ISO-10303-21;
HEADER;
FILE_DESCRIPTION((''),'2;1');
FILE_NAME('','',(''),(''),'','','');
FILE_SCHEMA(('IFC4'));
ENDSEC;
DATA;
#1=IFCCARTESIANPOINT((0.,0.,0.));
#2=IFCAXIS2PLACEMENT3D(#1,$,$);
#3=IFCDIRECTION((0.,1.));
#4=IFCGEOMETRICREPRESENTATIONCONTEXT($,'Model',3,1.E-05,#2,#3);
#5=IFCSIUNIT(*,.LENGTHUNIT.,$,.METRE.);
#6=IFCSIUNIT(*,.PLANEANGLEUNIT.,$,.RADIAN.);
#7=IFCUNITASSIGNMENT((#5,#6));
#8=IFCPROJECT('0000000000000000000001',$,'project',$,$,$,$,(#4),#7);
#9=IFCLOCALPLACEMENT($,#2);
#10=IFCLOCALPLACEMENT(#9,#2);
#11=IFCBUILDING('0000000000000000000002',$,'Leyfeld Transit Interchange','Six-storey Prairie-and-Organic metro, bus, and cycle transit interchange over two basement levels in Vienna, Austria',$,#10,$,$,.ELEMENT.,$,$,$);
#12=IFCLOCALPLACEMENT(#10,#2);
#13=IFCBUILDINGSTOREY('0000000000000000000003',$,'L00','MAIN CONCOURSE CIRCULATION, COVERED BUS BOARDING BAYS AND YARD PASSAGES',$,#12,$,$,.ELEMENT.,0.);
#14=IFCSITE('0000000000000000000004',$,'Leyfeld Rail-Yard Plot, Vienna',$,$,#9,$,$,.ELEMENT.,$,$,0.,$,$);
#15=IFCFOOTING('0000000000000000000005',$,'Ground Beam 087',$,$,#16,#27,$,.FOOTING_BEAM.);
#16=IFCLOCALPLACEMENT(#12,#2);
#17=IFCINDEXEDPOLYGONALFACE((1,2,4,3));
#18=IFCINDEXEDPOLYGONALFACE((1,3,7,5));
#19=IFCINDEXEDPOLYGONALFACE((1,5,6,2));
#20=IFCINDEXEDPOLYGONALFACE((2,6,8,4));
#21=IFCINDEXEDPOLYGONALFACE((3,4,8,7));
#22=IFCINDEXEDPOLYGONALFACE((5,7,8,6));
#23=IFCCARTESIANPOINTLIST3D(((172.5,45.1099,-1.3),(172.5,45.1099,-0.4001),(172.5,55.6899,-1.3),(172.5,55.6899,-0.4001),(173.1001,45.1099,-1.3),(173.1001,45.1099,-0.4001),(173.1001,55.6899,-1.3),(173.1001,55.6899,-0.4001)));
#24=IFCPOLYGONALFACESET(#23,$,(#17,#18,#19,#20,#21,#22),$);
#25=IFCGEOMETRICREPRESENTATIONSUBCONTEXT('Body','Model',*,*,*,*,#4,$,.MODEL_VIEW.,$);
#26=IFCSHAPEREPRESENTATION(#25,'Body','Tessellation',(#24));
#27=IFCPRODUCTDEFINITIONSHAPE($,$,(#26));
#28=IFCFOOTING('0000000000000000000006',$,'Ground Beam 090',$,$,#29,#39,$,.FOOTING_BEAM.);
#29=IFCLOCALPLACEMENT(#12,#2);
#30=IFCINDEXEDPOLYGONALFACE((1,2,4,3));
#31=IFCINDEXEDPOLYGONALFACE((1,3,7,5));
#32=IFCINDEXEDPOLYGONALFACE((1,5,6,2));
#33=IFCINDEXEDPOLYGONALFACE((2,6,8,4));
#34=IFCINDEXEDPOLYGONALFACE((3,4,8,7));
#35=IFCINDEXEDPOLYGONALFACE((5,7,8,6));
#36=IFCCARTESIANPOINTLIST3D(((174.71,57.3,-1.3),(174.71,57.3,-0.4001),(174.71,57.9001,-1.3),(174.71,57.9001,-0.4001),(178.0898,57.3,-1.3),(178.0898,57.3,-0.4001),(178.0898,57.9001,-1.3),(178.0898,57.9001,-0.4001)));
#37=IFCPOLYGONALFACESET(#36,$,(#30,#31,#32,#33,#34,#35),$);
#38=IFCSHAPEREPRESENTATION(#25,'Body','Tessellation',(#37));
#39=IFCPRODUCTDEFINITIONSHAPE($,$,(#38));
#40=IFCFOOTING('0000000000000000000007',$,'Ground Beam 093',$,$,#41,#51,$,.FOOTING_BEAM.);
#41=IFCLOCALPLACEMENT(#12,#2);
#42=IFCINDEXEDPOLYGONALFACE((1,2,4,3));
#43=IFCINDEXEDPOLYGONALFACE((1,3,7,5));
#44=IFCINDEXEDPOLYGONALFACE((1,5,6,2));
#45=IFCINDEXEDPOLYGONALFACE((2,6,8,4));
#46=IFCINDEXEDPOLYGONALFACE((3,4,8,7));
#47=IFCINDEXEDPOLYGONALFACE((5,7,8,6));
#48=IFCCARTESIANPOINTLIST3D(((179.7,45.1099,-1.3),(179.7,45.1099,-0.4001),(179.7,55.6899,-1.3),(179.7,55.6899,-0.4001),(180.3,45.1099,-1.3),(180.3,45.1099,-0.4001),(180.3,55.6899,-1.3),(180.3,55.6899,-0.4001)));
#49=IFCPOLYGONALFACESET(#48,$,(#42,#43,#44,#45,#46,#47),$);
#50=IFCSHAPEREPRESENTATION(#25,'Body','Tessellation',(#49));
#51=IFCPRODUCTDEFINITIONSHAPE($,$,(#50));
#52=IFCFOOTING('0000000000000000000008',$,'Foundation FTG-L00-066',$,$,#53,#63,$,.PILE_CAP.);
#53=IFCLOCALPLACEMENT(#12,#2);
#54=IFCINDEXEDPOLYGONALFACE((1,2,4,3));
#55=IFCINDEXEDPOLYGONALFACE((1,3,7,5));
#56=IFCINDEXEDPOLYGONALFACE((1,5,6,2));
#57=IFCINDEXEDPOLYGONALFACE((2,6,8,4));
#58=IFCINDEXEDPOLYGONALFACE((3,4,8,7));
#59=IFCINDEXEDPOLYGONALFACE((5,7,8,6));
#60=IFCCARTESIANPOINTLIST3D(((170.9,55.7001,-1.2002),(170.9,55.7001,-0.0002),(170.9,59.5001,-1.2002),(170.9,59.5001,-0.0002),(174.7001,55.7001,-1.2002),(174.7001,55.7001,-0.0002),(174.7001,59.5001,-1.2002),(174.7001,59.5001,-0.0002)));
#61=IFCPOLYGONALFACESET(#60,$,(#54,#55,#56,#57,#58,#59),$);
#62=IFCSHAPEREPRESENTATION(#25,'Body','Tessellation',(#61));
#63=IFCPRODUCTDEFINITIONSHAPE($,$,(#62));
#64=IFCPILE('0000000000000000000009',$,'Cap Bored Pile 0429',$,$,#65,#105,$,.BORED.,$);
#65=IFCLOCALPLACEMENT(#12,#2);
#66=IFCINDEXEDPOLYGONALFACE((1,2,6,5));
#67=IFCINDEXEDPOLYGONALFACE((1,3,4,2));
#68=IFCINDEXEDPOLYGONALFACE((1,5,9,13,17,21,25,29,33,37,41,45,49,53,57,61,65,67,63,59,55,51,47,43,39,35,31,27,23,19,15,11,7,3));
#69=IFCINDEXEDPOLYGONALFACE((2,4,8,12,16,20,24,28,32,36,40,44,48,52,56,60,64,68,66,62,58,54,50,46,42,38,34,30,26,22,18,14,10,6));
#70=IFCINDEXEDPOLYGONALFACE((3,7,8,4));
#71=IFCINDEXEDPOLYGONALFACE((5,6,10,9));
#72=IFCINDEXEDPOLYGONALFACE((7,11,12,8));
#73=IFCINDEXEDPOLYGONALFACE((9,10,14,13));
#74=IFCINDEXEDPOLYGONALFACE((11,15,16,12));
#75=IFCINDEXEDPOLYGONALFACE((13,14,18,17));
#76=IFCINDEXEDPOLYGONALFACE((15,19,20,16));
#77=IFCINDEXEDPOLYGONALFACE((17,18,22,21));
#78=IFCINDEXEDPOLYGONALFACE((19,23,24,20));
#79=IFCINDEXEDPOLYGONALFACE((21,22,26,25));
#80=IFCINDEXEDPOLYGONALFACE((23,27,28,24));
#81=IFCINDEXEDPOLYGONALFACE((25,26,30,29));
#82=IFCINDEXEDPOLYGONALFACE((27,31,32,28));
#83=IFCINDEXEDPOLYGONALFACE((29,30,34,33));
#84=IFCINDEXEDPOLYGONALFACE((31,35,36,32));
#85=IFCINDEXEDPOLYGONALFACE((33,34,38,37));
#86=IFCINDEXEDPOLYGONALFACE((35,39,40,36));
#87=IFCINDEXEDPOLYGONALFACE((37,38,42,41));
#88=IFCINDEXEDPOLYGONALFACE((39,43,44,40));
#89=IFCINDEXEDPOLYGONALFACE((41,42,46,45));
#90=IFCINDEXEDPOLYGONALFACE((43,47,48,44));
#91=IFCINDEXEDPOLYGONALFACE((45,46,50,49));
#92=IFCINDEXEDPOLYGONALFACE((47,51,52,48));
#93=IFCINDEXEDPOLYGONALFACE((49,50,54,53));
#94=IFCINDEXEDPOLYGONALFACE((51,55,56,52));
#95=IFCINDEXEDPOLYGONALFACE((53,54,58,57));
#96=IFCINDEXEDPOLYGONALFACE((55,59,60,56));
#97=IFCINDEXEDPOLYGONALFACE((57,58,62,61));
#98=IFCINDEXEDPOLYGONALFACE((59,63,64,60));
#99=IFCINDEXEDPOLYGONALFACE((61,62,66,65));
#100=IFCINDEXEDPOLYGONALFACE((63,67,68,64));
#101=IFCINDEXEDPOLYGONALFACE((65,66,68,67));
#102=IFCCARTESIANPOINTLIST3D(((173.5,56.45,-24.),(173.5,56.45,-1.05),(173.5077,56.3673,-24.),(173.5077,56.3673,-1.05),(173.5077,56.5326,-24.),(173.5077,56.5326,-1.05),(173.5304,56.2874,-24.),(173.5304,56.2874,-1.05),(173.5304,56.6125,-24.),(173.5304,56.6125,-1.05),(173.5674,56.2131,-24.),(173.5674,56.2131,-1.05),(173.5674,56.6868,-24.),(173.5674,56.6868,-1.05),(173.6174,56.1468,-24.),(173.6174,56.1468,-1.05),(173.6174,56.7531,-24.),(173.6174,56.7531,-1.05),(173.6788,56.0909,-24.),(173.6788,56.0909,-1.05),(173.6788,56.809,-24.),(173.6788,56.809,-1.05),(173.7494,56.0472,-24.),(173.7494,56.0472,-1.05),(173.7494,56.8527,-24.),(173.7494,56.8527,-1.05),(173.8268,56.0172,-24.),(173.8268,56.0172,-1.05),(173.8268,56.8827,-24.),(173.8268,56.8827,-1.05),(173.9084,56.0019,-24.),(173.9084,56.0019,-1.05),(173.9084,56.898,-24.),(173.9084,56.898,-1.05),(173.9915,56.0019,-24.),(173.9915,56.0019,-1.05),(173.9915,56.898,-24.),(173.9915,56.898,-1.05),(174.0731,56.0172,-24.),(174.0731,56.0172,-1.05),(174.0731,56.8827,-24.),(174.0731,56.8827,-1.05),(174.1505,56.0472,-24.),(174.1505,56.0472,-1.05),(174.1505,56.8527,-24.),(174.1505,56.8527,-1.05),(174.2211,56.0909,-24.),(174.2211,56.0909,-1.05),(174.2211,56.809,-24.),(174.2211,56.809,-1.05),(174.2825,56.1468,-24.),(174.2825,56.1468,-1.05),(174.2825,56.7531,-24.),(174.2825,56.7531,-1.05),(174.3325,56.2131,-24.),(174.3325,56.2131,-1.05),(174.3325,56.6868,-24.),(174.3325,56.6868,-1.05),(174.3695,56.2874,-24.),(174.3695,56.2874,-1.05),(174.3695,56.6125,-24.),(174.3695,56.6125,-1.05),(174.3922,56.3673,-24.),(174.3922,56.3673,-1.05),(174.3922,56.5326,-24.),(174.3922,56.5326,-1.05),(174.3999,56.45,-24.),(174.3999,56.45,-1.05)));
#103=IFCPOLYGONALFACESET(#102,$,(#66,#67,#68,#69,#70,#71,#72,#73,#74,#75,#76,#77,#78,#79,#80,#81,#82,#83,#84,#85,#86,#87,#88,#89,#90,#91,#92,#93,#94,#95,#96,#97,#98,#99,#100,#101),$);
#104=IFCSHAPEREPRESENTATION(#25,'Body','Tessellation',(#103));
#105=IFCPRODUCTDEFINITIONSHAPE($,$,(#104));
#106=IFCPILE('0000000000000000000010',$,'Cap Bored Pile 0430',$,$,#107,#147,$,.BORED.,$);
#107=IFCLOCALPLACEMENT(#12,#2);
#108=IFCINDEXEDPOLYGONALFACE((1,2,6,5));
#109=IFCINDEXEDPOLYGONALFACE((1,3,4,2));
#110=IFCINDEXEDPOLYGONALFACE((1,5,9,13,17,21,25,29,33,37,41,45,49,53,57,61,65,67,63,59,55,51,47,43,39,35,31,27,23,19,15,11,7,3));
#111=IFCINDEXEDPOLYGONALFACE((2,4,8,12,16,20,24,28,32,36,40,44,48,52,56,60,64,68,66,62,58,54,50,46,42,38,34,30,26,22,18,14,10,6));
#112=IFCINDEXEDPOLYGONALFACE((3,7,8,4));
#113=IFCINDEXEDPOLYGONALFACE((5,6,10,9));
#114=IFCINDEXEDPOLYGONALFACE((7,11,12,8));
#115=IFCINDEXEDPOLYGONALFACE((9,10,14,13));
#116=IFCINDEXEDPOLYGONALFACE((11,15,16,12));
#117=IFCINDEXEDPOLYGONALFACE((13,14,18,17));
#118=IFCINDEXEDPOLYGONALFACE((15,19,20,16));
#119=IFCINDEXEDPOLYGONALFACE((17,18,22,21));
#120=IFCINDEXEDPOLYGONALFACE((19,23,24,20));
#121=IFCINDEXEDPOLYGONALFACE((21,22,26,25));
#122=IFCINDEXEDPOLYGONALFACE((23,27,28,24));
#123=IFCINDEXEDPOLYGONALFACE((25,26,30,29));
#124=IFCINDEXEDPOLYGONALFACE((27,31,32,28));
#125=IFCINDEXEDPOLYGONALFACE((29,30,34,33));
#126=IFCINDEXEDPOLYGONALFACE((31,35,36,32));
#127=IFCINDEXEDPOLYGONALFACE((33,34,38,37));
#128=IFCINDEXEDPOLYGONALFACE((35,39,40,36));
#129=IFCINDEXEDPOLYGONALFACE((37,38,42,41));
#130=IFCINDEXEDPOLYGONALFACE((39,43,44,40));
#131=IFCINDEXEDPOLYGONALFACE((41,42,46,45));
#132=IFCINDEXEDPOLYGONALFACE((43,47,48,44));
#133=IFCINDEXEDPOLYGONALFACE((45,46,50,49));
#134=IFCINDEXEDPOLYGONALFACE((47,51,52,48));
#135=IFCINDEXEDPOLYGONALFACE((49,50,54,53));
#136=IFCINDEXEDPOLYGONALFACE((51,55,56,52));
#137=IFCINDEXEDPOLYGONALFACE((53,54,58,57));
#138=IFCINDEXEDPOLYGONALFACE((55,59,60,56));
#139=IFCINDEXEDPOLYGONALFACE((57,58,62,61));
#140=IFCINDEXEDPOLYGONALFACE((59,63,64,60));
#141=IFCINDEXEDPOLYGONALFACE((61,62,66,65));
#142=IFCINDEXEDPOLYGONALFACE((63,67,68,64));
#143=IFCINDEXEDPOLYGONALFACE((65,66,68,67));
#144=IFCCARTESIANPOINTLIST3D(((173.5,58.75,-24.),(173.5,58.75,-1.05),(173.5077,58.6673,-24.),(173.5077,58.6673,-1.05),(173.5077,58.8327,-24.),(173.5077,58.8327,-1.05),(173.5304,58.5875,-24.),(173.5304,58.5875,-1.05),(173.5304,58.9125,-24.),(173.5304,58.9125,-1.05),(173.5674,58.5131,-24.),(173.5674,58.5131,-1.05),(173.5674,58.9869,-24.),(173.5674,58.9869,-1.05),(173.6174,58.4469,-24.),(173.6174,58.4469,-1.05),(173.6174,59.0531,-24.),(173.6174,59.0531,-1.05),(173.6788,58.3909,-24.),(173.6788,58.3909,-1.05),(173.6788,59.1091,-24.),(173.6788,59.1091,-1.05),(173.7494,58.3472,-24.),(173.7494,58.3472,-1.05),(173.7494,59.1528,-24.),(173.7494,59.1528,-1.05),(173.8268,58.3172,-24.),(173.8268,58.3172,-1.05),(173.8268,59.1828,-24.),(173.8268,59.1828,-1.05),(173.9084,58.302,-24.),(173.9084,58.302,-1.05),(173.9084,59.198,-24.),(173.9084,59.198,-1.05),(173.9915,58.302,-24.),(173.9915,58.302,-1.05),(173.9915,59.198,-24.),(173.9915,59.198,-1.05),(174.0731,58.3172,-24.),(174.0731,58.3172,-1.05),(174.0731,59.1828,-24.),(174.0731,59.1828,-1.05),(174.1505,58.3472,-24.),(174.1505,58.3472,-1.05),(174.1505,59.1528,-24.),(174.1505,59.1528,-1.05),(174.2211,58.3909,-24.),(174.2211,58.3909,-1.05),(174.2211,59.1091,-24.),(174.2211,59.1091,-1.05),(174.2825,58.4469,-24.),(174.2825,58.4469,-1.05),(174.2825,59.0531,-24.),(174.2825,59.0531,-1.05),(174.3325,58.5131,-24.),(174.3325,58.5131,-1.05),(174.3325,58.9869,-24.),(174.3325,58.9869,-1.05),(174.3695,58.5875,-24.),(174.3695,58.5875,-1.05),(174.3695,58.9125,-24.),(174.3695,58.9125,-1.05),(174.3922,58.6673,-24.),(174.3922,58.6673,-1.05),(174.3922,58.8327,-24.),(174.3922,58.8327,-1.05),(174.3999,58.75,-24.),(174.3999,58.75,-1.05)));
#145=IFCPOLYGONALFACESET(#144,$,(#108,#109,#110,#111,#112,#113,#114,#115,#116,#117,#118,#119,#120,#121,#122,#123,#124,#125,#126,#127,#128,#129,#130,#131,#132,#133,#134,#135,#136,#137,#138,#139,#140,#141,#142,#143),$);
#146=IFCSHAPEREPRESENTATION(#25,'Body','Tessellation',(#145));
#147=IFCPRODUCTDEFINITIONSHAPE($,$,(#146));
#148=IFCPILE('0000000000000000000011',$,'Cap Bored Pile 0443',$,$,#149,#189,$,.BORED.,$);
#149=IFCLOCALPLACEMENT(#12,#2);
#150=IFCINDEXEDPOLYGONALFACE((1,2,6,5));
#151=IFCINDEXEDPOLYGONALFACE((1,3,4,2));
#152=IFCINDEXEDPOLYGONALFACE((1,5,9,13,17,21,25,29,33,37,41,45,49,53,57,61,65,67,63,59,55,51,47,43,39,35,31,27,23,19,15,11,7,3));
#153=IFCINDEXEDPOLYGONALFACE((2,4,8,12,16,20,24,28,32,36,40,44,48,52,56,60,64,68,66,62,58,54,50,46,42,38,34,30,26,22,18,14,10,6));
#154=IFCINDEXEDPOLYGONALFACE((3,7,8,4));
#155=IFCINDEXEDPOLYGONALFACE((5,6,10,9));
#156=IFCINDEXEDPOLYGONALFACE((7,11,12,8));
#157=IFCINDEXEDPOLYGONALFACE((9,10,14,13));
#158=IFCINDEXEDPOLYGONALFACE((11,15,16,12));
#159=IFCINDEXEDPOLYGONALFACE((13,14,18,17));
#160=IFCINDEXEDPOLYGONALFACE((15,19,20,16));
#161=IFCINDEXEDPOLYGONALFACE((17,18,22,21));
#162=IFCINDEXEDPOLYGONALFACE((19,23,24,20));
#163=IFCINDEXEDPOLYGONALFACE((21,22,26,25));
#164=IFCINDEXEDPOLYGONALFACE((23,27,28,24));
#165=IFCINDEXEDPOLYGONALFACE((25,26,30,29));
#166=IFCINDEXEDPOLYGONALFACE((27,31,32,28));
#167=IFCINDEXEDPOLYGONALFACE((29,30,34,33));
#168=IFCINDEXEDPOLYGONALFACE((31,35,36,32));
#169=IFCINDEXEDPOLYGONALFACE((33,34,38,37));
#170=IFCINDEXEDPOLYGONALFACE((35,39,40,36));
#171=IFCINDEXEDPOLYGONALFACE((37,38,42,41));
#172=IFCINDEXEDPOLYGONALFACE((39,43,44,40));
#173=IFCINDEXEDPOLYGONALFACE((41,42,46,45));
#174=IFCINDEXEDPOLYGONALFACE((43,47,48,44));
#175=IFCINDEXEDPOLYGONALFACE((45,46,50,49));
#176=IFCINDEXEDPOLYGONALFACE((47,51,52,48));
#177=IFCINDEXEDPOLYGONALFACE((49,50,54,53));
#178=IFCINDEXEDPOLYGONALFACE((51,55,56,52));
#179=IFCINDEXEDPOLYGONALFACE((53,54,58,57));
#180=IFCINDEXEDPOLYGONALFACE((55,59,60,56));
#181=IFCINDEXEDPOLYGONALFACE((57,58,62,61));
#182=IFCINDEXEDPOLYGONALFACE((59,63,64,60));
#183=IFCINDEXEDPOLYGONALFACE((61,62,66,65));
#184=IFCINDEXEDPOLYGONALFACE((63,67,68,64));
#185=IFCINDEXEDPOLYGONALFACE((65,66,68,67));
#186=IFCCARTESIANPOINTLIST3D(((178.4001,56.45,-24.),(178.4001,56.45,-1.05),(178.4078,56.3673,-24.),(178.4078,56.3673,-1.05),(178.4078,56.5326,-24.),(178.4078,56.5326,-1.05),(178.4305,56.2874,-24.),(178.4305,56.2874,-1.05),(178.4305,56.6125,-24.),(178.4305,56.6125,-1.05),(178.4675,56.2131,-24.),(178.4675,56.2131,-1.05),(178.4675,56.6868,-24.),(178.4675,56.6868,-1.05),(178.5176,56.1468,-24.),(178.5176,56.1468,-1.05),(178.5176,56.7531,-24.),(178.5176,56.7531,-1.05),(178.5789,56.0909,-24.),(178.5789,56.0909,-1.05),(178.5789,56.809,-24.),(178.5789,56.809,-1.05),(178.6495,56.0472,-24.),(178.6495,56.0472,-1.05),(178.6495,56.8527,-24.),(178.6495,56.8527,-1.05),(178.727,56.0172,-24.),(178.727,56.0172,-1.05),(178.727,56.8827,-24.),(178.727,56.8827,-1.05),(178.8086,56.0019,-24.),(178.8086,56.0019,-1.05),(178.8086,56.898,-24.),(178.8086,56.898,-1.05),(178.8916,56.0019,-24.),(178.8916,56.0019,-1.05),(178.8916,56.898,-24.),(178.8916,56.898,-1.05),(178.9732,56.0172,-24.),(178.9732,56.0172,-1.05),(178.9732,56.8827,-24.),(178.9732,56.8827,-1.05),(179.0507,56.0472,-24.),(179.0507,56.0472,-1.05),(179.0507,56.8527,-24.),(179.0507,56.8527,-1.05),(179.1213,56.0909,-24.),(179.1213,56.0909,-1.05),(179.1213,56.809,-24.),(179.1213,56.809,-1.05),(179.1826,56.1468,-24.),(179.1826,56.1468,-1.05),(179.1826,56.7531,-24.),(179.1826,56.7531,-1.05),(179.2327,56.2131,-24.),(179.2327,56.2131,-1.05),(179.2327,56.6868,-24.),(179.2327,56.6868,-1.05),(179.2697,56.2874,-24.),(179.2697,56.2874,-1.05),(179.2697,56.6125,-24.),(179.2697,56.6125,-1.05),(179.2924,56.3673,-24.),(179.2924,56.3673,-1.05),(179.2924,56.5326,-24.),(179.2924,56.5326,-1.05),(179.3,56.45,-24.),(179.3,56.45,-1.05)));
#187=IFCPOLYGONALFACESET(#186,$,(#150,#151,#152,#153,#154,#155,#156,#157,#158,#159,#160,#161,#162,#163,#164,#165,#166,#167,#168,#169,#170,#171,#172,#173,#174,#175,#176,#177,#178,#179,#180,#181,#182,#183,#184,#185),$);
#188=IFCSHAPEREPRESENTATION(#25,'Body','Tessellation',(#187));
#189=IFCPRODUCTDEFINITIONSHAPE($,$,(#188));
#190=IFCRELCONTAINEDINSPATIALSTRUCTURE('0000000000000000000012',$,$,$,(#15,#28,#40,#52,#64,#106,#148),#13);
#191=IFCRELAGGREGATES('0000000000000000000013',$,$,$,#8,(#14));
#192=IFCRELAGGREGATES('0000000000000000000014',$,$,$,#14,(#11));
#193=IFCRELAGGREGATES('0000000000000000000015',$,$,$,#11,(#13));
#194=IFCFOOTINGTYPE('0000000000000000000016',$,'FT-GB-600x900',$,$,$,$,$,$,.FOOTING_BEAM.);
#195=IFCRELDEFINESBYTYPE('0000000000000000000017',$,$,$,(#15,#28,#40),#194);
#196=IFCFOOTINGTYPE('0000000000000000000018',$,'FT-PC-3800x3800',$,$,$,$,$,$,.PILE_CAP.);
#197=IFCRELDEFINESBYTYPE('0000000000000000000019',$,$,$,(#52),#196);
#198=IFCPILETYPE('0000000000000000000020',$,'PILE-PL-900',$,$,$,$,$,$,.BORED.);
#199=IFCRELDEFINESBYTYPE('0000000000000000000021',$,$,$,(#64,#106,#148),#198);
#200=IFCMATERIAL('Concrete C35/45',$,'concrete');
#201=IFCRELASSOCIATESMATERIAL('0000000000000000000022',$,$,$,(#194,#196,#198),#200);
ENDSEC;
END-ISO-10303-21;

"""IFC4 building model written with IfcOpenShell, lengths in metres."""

from ifc_helpers import new_model, si_unit, direction, frame, origin, origin_2d, place, context, subcontext, project, spatial, rectangle, circle, extrude, material, material_profile, profile_set, type_object, element, save


model = new_model("IFC4")

# Units and contexts
model_context = context("Model", 3, precision=1e-05, world=origin(), true_north=direction((0.0, 1.0)))
body_context = subcontext(model_context, "Body", "Model", "MODEL_VIEW")
ifc_project = project(units=[si_unit("LENGTHUNIT", "METRE"), si_unit("PLANEANGLEUNIT", "RADIAN")], contexts=[model_context])

# Site, building, storey
site_placement = place(None, origin())
site = spatial("IfcSite", under=ifc_project, at=site_placement, Name="Leyfeld Rail-Yard Plot, Vienna", CompositionType="ELEMENT", RefElevation=0.0)
building_placement = place(site_placement, origin())
building = spatial("IfcBuilding", under=site, at=building_placement, Name="Leyfeld Transit Interchange", Description="Six-storey Prairie-and-Organic metro, bus, and cycle transit interchange over two basement levels in Vienna, Austria", CompositionType="ELEMENT")
storey_placement = place(building_placement, origin())
storey = spatial("IfcBuildingStorey", under=building, at=storey_placement, Name="L00", Description="MAIN CONCOURSE CIRCULATION, COVERED BUS BOARDING BAYS AND YARD PASSAGES", CompositionType="ELEMENT", Elevation=0.0)

# Footings
ifc_material_1 = material(Name="Concrete C35/45", Category="concrete")
footing_type_1 = type_object("IfcFootingType", Name="FT-GB-600x900", PredefinedType="FOOTING_BEAM", material=ifc_material_1)
footing_1_placement = place(storey_placement, frame((172.8, 50.3999, -1.3), z_axis=(0.0, 0.0, 1.0), x_axis=(1.0, 0.0, 0.0)))
element("IfcFooting", 1, at=footing_1_placement, inside=storey, type_object=footing_type_1, Name="Ground Beam 087", PredefinedType="FOOTING_BEAM", context=body_context, shape_type="SweptSolid", body=[
    extrude(rectangle(XDim=0.6001, YDim=10.5801, at=origin_2d()), origin(), (0.0, 0.0, 1.0), 0.8999),
])
footing_2_placement = place(storey_placement, frame((176.3999, 57.6001, -1.3), z_axis=(0.0, 0.0, 1.0), x_axis=(1.0, 0.0, 0.0)))
element("IfcFooting", 2, at=footing_2_placement, inside=storey, type_object=footing_type_1, Name="Ground Beam 090", PredefinedType="FOOTING_BEAM", context=body_context, shape_type="SweptSolid", body=[
    extrude(rectangle(XDim=3.3799, YDim=0.6001, at=origin_2d()), origin(), (0.0, 0.0, 1.0), 0.8999),
])
footing_3_placement = place(storey_placement, frame((180.0, 50.3999, -1.3), z_axis=(0.0, 0.0, 1.0), x_axis=(1.0, 0.0, 0.0)))
element("IfcFooting", 3, at=footing_3_placement, inside=storey, type_object=footing_type_1, Name="Ground Beam 093", PredefinedType="FOOTING_BEAM", context=body_context, shape_type="SweptSolid", body=[
    extrude(rectangle(XDim=0.6001, YDim=10.5801, at=origin_2d()), origin(), (0.0, 0.0, 1.0), 0.8999),
])
footing_type_2 = type_object("IfcFootingType", Name="FT-PC-3800x3800", PredefinedType="PILE_CAP", material=ifc_material_1)
footing_4_placement = place(storey_placement, frame((172.8, 57.6001, -1.2002), z_axis=(0.0, 0.0, 1.0), x_axis=(1.0, 0.0, 0.0)))
element("IfcFooting", 4, at=footing_4_placement, inside=storey, type_object=footing_type_2, Name="Foundation FTG-L00-066", PredefinedType="PILE_CAP", context=body_context, shape_type="SweptSolid", body=[
    extrude(rectangle(XDim=3.8, YDim=3.8, at=origin_2d()), origin(), (0.0, 0.0, 1.0), 1.2),
])

# Piles
ifc_material_profile_1 = material_profile(ifc_material_1, circle(Radius=0.45, at=origin_2d()), Name="PILE D900")
ifc_profile_set_1 = profile_set([ifc_material_profile_1], Name="Concrete C35/45")
pile_type = type_object("IfcPileType", Name="PILE-PL-900", PredefinedType="BORED", material=ifc_profile_set_1)
for number, where, z_axis, x_axis, name in (
    (5, (173.95, 56.45, -1.05), (0.0, 0.0, -1.0), (1.0, 0.0, 0.0), "Cap Bored Pile 0429"),
    (6, (173.95, 58.75, -1.05), (0.0, 0.0, -1.0), (1.0, 0.0, 0.0), "Cap Bored Pile 0430"),
    (7, (178.8501, 56.45, -1.05), (0.0, 0.0, -1.0), (1.0, 0.0, 0.0), "Cap Bored Pile 0443"),
):
    element("IfcPile", number, at=place(storey_placement, frame(where, z_axis=z_axis, x_axis=x_axis)), inside=storey, type_object=pile_type, Name=name, PredefinedType="BORED", context=body_context, shape_type="SweptSolid", body=[
        extrude(circle(Radius=0.45, at=origin_2d()), origin(), (0.0, 0.0, 1.0), 22.95),
    ])

save(model, "model.ifc")
